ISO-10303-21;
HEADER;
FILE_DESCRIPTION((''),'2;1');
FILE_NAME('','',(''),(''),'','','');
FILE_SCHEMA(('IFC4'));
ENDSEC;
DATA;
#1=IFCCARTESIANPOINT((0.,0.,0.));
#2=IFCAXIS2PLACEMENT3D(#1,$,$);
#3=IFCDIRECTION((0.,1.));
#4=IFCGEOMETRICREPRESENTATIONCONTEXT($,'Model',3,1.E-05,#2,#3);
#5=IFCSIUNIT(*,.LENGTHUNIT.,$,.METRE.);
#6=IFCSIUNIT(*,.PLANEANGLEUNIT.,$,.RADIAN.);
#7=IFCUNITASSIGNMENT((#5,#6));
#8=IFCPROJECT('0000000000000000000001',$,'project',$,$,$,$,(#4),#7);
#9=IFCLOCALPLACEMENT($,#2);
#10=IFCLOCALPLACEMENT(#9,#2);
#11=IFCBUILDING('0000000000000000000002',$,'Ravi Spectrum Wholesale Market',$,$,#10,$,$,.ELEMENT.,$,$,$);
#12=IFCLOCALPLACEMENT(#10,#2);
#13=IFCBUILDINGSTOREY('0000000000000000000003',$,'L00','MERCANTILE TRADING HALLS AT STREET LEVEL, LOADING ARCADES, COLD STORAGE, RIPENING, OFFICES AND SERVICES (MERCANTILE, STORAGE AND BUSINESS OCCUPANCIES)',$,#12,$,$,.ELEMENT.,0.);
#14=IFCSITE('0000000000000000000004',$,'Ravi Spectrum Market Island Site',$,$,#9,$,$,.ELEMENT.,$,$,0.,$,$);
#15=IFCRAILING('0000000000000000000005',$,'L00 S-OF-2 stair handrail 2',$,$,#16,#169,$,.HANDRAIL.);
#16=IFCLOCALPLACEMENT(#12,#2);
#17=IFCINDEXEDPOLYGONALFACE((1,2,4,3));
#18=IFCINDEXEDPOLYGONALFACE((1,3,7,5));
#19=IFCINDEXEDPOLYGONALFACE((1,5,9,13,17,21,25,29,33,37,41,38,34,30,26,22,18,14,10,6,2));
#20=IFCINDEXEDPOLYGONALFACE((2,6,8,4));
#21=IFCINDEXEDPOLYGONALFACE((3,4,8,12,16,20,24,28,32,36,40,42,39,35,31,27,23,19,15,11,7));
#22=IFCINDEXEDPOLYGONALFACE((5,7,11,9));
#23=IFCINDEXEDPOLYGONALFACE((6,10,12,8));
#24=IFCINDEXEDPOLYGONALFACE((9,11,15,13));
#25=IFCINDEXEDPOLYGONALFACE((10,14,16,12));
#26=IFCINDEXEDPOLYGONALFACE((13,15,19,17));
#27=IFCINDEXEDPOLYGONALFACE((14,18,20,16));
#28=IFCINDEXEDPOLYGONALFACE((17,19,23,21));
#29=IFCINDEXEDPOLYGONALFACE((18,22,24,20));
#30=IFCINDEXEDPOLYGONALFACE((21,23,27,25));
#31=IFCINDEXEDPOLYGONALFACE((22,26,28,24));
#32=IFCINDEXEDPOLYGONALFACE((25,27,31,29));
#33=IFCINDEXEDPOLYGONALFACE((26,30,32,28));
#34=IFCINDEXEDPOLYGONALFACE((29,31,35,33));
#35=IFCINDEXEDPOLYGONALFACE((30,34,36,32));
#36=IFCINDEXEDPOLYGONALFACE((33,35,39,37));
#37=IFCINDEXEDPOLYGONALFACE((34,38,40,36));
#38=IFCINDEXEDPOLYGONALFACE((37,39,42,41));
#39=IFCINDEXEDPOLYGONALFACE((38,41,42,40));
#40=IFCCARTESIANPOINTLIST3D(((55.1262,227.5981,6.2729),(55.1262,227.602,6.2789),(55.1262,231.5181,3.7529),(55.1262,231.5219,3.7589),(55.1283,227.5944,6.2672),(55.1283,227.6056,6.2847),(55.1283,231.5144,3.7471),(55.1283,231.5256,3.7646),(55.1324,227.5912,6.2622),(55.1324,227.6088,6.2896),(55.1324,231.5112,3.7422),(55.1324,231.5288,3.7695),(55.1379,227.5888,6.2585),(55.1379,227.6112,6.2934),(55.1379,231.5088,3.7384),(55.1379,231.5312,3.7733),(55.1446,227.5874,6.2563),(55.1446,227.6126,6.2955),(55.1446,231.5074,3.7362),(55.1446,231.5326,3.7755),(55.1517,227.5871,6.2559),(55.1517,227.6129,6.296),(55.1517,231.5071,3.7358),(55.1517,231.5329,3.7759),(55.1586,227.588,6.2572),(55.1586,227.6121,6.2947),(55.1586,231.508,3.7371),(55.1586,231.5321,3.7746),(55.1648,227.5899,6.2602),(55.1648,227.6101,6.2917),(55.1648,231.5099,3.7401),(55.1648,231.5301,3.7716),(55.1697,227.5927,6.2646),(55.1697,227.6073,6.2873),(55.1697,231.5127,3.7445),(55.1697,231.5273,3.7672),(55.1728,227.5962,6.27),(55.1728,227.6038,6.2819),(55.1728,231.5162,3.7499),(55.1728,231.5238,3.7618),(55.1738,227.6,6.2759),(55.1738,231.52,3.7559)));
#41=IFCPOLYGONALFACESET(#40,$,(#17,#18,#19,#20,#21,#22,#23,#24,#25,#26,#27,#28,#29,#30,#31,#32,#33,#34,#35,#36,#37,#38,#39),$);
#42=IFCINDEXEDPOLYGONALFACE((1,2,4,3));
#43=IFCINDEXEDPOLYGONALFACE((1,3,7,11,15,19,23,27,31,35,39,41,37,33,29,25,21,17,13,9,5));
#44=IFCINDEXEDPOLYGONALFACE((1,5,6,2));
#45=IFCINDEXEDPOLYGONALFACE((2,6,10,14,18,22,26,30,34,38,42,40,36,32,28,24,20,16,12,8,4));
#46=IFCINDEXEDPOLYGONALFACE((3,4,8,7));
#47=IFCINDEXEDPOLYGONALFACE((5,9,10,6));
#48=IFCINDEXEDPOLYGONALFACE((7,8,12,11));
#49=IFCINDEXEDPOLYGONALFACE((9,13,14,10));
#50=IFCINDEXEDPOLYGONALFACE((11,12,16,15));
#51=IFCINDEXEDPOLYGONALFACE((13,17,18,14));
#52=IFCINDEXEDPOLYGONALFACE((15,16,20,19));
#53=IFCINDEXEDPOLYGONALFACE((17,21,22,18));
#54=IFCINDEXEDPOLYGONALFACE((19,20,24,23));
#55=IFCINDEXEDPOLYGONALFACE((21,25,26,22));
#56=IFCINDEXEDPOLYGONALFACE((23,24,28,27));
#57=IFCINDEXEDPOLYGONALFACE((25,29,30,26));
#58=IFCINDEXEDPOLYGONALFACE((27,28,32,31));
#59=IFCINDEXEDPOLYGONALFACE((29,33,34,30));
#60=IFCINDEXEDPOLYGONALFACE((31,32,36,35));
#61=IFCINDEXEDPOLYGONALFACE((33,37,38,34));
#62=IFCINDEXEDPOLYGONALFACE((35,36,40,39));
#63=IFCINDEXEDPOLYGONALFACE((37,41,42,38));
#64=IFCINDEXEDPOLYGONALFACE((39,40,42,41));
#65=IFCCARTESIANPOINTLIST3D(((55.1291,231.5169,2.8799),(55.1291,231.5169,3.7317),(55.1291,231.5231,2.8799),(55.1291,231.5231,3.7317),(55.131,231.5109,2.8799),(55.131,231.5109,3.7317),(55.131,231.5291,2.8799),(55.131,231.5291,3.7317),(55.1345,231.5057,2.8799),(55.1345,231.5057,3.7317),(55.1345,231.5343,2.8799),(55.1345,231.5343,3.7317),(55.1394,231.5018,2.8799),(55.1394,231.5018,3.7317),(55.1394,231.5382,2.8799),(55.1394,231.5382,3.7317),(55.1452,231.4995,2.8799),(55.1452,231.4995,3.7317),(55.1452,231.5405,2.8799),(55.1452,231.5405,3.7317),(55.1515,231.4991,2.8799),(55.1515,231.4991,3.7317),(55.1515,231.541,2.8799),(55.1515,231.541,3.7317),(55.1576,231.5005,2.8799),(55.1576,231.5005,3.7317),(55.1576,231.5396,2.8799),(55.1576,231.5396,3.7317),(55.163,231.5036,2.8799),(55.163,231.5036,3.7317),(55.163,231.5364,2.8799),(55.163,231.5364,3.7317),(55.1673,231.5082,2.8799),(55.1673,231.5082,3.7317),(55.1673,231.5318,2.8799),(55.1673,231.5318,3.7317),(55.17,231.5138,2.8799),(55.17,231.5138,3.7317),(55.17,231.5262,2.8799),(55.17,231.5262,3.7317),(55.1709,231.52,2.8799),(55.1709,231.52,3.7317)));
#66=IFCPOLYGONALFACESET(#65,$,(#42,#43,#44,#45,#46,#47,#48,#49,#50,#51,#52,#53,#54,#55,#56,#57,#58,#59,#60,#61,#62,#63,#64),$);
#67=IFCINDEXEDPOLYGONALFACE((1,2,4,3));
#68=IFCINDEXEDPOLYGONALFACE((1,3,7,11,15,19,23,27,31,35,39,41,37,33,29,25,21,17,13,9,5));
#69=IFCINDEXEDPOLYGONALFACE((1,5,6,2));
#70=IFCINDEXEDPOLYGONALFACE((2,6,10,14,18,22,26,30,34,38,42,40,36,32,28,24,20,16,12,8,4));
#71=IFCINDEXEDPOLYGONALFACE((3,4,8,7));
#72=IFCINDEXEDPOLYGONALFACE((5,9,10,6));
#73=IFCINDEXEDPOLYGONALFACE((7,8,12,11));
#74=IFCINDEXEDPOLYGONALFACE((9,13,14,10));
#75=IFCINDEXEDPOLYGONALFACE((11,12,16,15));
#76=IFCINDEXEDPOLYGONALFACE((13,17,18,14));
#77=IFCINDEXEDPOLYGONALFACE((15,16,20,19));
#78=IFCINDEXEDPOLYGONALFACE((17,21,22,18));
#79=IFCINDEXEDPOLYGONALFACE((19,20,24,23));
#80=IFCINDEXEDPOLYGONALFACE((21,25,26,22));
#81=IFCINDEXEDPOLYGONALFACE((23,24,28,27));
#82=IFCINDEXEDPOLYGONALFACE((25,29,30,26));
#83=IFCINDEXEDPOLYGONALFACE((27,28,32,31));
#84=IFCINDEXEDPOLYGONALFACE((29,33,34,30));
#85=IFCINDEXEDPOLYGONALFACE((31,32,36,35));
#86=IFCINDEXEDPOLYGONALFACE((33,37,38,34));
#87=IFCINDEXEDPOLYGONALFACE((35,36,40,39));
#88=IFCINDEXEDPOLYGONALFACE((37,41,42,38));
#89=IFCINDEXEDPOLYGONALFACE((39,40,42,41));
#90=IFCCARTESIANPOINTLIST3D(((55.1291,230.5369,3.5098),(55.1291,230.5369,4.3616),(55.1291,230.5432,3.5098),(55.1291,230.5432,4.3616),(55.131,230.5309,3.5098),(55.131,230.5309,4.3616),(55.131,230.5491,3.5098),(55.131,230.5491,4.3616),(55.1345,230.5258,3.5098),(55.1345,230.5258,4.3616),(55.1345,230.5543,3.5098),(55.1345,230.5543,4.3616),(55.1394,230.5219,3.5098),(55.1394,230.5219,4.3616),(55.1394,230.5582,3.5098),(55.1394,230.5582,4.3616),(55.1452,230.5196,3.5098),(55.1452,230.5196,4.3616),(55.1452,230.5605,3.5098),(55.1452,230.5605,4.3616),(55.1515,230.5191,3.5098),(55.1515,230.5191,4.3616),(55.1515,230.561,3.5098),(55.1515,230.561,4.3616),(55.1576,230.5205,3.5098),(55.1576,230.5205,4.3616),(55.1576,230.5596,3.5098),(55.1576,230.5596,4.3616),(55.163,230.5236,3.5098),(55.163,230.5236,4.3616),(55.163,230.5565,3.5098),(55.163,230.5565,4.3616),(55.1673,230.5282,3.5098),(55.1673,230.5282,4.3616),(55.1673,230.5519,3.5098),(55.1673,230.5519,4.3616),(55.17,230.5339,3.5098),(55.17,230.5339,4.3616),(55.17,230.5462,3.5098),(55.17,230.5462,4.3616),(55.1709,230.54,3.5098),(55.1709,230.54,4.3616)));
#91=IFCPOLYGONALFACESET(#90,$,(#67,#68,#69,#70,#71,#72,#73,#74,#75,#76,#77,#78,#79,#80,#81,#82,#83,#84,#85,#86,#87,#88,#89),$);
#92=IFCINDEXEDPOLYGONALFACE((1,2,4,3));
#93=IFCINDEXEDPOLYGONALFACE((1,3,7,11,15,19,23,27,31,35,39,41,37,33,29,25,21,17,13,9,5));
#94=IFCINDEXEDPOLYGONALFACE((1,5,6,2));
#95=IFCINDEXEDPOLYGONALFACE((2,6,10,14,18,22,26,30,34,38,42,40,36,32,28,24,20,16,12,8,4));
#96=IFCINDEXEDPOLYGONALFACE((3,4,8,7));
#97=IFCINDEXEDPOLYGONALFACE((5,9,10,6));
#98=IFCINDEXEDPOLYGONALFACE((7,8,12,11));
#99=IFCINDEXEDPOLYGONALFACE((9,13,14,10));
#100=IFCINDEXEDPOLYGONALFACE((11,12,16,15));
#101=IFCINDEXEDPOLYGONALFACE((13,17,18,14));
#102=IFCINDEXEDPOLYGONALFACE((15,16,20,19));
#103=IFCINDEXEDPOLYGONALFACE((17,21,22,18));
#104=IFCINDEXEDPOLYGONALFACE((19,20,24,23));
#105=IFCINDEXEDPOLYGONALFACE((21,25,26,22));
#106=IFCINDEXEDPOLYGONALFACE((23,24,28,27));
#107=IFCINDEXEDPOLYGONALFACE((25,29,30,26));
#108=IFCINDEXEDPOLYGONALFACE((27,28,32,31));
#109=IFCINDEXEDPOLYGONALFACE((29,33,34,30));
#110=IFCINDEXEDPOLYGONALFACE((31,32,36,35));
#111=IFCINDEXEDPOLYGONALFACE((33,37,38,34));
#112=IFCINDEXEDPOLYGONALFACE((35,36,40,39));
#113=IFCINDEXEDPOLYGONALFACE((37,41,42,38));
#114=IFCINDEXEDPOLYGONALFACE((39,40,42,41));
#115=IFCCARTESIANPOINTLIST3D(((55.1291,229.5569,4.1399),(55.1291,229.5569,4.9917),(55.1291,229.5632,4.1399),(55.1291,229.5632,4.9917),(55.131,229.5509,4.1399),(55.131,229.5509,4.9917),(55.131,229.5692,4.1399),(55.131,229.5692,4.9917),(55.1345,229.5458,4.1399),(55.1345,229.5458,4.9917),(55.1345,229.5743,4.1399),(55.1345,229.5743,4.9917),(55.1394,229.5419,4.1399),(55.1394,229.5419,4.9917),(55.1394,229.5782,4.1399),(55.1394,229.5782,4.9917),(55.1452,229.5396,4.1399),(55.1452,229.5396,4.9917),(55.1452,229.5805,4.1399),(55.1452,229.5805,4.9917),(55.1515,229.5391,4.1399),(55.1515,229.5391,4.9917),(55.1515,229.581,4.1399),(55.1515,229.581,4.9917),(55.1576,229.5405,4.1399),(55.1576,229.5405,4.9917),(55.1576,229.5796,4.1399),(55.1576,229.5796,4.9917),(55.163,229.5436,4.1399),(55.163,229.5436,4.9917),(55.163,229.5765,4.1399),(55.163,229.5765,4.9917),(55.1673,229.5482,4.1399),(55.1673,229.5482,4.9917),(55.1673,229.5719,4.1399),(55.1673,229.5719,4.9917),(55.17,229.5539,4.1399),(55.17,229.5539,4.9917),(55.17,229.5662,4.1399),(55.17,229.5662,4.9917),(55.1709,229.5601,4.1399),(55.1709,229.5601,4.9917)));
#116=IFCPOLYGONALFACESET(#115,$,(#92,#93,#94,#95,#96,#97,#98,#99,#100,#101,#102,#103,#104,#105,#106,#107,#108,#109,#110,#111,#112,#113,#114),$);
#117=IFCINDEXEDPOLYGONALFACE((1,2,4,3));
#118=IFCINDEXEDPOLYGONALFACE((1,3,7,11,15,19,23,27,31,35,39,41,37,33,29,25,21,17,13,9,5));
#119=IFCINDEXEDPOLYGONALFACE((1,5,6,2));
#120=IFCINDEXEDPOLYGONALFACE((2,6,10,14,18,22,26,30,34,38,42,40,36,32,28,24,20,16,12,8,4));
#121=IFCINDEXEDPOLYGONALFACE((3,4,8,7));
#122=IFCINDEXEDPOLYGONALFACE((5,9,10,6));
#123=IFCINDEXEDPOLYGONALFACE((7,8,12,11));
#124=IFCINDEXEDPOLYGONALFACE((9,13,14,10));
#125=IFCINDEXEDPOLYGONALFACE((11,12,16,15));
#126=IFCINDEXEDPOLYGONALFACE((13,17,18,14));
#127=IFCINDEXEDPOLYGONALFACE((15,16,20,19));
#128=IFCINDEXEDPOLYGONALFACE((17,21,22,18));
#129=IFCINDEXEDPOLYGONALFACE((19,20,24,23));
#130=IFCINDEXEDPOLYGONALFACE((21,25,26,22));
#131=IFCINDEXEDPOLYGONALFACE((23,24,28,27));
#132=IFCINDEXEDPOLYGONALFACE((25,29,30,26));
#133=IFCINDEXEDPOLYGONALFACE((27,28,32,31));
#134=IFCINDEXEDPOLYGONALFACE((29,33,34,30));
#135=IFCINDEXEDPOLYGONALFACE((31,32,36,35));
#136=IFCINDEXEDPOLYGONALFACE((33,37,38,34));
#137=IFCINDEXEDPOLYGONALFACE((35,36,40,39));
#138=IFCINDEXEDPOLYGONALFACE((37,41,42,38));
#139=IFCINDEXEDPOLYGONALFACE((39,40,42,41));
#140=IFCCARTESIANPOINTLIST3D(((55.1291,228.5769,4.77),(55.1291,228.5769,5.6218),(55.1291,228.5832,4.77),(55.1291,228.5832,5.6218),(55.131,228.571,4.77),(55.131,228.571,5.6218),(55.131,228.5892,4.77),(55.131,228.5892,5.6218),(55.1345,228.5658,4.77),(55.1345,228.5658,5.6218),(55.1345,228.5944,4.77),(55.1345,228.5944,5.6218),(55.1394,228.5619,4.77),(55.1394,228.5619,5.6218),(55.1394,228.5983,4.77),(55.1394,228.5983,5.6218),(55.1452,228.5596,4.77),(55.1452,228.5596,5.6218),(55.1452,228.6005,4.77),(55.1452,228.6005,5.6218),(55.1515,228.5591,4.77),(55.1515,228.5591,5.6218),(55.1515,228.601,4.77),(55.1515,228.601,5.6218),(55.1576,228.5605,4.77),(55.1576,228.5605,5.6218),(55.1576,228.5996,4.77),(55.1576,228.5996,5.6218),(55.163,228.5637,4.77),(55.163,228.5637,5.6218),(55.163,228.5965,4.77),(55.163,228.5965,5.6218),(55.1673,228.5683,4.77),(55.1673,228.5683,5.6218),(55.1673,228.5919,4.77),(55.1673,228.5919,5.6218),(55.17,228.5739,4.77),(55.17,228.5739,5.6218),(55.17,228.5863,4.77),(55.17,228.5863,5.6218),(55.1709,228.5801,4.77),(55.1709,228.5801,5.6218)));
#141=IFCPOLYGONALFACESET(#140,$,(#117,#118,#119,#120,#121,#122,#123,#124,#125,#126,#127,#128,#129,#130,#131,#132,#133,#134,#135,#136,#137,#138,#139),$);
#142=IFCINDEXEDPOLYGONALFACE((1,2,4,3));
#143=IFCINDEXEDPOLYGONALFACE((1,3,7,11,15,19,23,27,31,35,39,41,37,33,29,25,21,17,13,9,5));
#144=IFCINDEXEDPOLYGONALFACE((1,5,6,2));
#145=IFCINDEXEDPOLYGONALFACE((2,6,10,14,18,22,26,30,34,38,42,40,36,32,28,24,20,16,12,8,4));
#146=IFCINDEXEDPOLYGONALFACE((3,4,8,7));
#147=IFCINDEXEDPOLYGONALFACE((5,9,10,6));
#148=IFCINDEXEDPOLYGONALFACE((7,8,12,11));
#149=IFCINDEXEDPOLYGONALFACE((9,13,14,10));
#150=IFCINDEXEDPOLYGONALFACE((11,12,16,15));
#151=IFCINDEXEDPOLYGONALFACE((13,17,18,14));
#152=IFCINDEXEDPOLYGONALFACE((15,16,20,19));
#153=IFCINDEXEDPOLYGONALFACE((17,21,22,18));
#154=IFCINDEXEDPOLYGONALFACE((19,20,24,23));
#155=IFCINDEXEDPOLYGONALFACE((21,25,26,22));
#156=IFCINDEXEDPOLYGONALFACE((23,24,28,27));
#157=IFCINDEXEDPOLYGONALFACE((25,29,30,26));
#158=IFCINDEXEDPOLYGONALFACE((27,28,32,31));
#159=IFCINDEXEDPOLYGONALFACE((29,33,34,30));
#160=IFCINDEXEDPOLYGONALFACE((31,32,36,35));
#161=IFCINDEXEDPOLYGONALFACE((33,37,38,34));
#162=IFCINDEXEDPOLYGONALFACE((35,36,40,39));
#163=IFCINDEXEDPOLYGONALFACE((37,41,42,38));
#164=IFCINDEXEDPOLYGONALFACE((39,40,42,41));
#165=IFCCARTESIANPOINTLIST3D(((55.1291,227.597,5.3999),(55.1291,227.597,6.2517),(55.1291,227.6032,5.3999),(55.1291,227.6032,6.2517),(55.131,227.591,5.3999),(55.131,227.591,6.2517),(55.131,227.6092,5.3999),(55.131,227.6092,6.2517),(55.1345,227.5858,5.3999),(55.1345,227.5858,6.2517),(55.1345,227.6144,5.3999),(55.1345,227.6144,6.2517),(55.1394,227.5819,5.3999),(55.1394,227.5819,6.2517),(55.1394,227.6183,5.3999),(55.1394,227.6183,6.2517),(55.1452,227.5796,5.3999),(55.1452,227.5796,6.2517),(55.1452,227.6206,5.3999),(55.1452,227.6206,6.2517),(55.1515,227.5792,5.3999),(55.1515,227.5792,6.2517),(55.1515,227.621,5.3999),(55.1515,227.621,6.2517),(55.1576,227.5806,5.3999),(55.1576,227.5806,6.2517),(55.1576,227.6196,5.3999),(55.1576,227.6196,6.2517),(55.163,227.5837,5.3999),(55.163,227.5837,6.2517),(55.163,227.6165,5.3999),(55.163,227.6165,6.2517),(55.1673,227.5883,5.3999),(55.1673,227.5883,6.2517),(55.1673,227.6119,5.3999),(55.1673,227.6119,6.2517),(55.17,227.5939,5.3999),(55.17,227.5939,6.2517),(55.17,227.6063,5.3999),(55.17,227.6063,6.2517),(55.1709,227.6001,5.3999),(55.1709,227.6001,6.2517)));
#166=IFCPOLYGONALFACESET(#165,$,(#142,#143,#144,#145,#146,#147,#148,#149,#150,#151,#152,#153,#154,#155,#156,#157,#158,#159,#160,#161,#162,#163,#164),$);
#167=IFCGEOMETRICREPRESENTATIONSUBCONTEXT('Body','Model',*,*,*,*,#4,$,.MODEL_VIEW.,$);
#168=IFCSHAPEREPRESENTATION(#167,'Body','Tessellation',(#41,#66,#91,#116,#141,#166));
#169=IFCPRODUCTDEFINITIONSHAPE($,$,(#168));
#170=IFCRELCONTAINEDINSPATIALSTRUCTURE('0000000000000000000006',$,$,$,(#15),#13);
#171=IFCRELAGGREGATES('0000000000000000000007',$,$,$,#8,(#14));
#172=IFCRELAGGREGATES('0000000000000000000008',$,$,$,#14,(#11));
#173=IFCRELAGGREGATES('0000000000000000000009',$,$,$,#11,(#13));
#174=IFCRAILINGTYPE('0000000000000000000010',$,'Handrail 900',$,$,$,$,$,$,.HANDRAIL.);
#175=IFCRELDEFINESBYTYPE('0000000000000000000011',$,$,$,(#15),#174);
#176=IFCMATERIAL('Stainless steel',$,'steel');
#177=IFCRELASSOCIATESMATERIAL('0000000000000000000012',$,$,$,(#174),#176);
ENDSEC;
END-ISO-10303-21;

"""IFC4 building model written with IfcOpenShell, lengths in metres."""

from ifc_helpers import new_model, si_unit, direction, frame, origin, origin_2d, place, context, subcontext, project, spatial, circle, extrude, material, type_object, element, save


model = new_model("IFC4")

# Units and contexts
model_context = context("Model", 3, precision=1e-05, world=origin(), true_north=direction((0.0, 1.0)))
body_context = subcontext(model_context, "Body", "Model", "MODEL_VIEW")
ifc_project = project(units=[si_unit("LENGTHUNIT", "METRE"), si_unit("PLANEANGLEUNIT", "RADIAN")], contexts=[model_context])

# Site, building, storey
site_placement = place(None, origin())
site = spatial("IfcSite", under=ifc_project, at=site_placement, Name="Ravi Spectrum Market Island Site", CompositionType="ELEMENT", RefElevation=0.0)
building_placement = place(site_placement, origin())
building = spatial("IfcBuilding", under=site, at=building_placement, Name="Ravi Spectrum Wholesale Market", CompositionType="ELEMENT")
storey_placement = place(building_placement, origin())
storey = spatial("IfcBuildingStorey", under=building, at=storey_placement, Name="L00", Description="MERCANTILE TRADING HALLS AT STREET LEVEL, LOADING ARCADES, COLD STORAGE, RIPENING, OFFICES AND SERVICES (MERCANTILE, STORAGE AND BUSINESS OCCUPANCIES)", CompositionType="ELEMENT", Elevation=0.0)

# Railing
ifc_material_1 = material(Name="Stainless steel", Category="steel")
railing_type_1 = type_object("IfcRailingType", Name="Handrail 900", PredefinedType="HANDRAIL", material=ifc_material_1)
railing_1_placement = place(storey_placement, frame((55.1499, 231.52, 2.8799)))
element("IfcRailing", 1, at=railing_1_placement, inside=storey, type_object=railing_type_1, Name="L00 S-OF-2 stair handrail 2", PredefinedType="HANDRAIL", context=body_context, shape_type="SweptSolid", body=[
    extrude(circle(Radius=0.0239, at=origin_2d()), frame((0.0, 0.0, 0.876), z_axis=(0.0, -0.841172, 0.540768), x_axis=(1.0, 0.0, 0.0)), (0.0, 0.0, 1.0), 4.6602),
    extrude(circle(Radius=0.021, at=origin_2d()), origin(), (0.0, 0.0, 1.0), 0.8518),
    extrude(circle(Radius=0.021, at=origin_2d()), frame((0.0, -0.98, 0.6299)), (0.0, 0.0, 1.0), 0.8518),
    extrude(circle(Radius=0.021, at=origin_2d()), frame((0.0, -1.96, 1.26)), (0.0, 0.0, 1.0), 0.8518),
    extrude(circle(Radius=0.021, at=origin_2d()), frame((0.0, -2.9399, 1.8901)), (0.0, 0.0, 1.0), 0.8518),
    extrude(circle(Radius=0.021, at=origin_2d()), frame((0.0, -3.9199, 2.52)), (0.0, 0.0, 1.0), 0.8518),
])

save(model, "model.ifc")
